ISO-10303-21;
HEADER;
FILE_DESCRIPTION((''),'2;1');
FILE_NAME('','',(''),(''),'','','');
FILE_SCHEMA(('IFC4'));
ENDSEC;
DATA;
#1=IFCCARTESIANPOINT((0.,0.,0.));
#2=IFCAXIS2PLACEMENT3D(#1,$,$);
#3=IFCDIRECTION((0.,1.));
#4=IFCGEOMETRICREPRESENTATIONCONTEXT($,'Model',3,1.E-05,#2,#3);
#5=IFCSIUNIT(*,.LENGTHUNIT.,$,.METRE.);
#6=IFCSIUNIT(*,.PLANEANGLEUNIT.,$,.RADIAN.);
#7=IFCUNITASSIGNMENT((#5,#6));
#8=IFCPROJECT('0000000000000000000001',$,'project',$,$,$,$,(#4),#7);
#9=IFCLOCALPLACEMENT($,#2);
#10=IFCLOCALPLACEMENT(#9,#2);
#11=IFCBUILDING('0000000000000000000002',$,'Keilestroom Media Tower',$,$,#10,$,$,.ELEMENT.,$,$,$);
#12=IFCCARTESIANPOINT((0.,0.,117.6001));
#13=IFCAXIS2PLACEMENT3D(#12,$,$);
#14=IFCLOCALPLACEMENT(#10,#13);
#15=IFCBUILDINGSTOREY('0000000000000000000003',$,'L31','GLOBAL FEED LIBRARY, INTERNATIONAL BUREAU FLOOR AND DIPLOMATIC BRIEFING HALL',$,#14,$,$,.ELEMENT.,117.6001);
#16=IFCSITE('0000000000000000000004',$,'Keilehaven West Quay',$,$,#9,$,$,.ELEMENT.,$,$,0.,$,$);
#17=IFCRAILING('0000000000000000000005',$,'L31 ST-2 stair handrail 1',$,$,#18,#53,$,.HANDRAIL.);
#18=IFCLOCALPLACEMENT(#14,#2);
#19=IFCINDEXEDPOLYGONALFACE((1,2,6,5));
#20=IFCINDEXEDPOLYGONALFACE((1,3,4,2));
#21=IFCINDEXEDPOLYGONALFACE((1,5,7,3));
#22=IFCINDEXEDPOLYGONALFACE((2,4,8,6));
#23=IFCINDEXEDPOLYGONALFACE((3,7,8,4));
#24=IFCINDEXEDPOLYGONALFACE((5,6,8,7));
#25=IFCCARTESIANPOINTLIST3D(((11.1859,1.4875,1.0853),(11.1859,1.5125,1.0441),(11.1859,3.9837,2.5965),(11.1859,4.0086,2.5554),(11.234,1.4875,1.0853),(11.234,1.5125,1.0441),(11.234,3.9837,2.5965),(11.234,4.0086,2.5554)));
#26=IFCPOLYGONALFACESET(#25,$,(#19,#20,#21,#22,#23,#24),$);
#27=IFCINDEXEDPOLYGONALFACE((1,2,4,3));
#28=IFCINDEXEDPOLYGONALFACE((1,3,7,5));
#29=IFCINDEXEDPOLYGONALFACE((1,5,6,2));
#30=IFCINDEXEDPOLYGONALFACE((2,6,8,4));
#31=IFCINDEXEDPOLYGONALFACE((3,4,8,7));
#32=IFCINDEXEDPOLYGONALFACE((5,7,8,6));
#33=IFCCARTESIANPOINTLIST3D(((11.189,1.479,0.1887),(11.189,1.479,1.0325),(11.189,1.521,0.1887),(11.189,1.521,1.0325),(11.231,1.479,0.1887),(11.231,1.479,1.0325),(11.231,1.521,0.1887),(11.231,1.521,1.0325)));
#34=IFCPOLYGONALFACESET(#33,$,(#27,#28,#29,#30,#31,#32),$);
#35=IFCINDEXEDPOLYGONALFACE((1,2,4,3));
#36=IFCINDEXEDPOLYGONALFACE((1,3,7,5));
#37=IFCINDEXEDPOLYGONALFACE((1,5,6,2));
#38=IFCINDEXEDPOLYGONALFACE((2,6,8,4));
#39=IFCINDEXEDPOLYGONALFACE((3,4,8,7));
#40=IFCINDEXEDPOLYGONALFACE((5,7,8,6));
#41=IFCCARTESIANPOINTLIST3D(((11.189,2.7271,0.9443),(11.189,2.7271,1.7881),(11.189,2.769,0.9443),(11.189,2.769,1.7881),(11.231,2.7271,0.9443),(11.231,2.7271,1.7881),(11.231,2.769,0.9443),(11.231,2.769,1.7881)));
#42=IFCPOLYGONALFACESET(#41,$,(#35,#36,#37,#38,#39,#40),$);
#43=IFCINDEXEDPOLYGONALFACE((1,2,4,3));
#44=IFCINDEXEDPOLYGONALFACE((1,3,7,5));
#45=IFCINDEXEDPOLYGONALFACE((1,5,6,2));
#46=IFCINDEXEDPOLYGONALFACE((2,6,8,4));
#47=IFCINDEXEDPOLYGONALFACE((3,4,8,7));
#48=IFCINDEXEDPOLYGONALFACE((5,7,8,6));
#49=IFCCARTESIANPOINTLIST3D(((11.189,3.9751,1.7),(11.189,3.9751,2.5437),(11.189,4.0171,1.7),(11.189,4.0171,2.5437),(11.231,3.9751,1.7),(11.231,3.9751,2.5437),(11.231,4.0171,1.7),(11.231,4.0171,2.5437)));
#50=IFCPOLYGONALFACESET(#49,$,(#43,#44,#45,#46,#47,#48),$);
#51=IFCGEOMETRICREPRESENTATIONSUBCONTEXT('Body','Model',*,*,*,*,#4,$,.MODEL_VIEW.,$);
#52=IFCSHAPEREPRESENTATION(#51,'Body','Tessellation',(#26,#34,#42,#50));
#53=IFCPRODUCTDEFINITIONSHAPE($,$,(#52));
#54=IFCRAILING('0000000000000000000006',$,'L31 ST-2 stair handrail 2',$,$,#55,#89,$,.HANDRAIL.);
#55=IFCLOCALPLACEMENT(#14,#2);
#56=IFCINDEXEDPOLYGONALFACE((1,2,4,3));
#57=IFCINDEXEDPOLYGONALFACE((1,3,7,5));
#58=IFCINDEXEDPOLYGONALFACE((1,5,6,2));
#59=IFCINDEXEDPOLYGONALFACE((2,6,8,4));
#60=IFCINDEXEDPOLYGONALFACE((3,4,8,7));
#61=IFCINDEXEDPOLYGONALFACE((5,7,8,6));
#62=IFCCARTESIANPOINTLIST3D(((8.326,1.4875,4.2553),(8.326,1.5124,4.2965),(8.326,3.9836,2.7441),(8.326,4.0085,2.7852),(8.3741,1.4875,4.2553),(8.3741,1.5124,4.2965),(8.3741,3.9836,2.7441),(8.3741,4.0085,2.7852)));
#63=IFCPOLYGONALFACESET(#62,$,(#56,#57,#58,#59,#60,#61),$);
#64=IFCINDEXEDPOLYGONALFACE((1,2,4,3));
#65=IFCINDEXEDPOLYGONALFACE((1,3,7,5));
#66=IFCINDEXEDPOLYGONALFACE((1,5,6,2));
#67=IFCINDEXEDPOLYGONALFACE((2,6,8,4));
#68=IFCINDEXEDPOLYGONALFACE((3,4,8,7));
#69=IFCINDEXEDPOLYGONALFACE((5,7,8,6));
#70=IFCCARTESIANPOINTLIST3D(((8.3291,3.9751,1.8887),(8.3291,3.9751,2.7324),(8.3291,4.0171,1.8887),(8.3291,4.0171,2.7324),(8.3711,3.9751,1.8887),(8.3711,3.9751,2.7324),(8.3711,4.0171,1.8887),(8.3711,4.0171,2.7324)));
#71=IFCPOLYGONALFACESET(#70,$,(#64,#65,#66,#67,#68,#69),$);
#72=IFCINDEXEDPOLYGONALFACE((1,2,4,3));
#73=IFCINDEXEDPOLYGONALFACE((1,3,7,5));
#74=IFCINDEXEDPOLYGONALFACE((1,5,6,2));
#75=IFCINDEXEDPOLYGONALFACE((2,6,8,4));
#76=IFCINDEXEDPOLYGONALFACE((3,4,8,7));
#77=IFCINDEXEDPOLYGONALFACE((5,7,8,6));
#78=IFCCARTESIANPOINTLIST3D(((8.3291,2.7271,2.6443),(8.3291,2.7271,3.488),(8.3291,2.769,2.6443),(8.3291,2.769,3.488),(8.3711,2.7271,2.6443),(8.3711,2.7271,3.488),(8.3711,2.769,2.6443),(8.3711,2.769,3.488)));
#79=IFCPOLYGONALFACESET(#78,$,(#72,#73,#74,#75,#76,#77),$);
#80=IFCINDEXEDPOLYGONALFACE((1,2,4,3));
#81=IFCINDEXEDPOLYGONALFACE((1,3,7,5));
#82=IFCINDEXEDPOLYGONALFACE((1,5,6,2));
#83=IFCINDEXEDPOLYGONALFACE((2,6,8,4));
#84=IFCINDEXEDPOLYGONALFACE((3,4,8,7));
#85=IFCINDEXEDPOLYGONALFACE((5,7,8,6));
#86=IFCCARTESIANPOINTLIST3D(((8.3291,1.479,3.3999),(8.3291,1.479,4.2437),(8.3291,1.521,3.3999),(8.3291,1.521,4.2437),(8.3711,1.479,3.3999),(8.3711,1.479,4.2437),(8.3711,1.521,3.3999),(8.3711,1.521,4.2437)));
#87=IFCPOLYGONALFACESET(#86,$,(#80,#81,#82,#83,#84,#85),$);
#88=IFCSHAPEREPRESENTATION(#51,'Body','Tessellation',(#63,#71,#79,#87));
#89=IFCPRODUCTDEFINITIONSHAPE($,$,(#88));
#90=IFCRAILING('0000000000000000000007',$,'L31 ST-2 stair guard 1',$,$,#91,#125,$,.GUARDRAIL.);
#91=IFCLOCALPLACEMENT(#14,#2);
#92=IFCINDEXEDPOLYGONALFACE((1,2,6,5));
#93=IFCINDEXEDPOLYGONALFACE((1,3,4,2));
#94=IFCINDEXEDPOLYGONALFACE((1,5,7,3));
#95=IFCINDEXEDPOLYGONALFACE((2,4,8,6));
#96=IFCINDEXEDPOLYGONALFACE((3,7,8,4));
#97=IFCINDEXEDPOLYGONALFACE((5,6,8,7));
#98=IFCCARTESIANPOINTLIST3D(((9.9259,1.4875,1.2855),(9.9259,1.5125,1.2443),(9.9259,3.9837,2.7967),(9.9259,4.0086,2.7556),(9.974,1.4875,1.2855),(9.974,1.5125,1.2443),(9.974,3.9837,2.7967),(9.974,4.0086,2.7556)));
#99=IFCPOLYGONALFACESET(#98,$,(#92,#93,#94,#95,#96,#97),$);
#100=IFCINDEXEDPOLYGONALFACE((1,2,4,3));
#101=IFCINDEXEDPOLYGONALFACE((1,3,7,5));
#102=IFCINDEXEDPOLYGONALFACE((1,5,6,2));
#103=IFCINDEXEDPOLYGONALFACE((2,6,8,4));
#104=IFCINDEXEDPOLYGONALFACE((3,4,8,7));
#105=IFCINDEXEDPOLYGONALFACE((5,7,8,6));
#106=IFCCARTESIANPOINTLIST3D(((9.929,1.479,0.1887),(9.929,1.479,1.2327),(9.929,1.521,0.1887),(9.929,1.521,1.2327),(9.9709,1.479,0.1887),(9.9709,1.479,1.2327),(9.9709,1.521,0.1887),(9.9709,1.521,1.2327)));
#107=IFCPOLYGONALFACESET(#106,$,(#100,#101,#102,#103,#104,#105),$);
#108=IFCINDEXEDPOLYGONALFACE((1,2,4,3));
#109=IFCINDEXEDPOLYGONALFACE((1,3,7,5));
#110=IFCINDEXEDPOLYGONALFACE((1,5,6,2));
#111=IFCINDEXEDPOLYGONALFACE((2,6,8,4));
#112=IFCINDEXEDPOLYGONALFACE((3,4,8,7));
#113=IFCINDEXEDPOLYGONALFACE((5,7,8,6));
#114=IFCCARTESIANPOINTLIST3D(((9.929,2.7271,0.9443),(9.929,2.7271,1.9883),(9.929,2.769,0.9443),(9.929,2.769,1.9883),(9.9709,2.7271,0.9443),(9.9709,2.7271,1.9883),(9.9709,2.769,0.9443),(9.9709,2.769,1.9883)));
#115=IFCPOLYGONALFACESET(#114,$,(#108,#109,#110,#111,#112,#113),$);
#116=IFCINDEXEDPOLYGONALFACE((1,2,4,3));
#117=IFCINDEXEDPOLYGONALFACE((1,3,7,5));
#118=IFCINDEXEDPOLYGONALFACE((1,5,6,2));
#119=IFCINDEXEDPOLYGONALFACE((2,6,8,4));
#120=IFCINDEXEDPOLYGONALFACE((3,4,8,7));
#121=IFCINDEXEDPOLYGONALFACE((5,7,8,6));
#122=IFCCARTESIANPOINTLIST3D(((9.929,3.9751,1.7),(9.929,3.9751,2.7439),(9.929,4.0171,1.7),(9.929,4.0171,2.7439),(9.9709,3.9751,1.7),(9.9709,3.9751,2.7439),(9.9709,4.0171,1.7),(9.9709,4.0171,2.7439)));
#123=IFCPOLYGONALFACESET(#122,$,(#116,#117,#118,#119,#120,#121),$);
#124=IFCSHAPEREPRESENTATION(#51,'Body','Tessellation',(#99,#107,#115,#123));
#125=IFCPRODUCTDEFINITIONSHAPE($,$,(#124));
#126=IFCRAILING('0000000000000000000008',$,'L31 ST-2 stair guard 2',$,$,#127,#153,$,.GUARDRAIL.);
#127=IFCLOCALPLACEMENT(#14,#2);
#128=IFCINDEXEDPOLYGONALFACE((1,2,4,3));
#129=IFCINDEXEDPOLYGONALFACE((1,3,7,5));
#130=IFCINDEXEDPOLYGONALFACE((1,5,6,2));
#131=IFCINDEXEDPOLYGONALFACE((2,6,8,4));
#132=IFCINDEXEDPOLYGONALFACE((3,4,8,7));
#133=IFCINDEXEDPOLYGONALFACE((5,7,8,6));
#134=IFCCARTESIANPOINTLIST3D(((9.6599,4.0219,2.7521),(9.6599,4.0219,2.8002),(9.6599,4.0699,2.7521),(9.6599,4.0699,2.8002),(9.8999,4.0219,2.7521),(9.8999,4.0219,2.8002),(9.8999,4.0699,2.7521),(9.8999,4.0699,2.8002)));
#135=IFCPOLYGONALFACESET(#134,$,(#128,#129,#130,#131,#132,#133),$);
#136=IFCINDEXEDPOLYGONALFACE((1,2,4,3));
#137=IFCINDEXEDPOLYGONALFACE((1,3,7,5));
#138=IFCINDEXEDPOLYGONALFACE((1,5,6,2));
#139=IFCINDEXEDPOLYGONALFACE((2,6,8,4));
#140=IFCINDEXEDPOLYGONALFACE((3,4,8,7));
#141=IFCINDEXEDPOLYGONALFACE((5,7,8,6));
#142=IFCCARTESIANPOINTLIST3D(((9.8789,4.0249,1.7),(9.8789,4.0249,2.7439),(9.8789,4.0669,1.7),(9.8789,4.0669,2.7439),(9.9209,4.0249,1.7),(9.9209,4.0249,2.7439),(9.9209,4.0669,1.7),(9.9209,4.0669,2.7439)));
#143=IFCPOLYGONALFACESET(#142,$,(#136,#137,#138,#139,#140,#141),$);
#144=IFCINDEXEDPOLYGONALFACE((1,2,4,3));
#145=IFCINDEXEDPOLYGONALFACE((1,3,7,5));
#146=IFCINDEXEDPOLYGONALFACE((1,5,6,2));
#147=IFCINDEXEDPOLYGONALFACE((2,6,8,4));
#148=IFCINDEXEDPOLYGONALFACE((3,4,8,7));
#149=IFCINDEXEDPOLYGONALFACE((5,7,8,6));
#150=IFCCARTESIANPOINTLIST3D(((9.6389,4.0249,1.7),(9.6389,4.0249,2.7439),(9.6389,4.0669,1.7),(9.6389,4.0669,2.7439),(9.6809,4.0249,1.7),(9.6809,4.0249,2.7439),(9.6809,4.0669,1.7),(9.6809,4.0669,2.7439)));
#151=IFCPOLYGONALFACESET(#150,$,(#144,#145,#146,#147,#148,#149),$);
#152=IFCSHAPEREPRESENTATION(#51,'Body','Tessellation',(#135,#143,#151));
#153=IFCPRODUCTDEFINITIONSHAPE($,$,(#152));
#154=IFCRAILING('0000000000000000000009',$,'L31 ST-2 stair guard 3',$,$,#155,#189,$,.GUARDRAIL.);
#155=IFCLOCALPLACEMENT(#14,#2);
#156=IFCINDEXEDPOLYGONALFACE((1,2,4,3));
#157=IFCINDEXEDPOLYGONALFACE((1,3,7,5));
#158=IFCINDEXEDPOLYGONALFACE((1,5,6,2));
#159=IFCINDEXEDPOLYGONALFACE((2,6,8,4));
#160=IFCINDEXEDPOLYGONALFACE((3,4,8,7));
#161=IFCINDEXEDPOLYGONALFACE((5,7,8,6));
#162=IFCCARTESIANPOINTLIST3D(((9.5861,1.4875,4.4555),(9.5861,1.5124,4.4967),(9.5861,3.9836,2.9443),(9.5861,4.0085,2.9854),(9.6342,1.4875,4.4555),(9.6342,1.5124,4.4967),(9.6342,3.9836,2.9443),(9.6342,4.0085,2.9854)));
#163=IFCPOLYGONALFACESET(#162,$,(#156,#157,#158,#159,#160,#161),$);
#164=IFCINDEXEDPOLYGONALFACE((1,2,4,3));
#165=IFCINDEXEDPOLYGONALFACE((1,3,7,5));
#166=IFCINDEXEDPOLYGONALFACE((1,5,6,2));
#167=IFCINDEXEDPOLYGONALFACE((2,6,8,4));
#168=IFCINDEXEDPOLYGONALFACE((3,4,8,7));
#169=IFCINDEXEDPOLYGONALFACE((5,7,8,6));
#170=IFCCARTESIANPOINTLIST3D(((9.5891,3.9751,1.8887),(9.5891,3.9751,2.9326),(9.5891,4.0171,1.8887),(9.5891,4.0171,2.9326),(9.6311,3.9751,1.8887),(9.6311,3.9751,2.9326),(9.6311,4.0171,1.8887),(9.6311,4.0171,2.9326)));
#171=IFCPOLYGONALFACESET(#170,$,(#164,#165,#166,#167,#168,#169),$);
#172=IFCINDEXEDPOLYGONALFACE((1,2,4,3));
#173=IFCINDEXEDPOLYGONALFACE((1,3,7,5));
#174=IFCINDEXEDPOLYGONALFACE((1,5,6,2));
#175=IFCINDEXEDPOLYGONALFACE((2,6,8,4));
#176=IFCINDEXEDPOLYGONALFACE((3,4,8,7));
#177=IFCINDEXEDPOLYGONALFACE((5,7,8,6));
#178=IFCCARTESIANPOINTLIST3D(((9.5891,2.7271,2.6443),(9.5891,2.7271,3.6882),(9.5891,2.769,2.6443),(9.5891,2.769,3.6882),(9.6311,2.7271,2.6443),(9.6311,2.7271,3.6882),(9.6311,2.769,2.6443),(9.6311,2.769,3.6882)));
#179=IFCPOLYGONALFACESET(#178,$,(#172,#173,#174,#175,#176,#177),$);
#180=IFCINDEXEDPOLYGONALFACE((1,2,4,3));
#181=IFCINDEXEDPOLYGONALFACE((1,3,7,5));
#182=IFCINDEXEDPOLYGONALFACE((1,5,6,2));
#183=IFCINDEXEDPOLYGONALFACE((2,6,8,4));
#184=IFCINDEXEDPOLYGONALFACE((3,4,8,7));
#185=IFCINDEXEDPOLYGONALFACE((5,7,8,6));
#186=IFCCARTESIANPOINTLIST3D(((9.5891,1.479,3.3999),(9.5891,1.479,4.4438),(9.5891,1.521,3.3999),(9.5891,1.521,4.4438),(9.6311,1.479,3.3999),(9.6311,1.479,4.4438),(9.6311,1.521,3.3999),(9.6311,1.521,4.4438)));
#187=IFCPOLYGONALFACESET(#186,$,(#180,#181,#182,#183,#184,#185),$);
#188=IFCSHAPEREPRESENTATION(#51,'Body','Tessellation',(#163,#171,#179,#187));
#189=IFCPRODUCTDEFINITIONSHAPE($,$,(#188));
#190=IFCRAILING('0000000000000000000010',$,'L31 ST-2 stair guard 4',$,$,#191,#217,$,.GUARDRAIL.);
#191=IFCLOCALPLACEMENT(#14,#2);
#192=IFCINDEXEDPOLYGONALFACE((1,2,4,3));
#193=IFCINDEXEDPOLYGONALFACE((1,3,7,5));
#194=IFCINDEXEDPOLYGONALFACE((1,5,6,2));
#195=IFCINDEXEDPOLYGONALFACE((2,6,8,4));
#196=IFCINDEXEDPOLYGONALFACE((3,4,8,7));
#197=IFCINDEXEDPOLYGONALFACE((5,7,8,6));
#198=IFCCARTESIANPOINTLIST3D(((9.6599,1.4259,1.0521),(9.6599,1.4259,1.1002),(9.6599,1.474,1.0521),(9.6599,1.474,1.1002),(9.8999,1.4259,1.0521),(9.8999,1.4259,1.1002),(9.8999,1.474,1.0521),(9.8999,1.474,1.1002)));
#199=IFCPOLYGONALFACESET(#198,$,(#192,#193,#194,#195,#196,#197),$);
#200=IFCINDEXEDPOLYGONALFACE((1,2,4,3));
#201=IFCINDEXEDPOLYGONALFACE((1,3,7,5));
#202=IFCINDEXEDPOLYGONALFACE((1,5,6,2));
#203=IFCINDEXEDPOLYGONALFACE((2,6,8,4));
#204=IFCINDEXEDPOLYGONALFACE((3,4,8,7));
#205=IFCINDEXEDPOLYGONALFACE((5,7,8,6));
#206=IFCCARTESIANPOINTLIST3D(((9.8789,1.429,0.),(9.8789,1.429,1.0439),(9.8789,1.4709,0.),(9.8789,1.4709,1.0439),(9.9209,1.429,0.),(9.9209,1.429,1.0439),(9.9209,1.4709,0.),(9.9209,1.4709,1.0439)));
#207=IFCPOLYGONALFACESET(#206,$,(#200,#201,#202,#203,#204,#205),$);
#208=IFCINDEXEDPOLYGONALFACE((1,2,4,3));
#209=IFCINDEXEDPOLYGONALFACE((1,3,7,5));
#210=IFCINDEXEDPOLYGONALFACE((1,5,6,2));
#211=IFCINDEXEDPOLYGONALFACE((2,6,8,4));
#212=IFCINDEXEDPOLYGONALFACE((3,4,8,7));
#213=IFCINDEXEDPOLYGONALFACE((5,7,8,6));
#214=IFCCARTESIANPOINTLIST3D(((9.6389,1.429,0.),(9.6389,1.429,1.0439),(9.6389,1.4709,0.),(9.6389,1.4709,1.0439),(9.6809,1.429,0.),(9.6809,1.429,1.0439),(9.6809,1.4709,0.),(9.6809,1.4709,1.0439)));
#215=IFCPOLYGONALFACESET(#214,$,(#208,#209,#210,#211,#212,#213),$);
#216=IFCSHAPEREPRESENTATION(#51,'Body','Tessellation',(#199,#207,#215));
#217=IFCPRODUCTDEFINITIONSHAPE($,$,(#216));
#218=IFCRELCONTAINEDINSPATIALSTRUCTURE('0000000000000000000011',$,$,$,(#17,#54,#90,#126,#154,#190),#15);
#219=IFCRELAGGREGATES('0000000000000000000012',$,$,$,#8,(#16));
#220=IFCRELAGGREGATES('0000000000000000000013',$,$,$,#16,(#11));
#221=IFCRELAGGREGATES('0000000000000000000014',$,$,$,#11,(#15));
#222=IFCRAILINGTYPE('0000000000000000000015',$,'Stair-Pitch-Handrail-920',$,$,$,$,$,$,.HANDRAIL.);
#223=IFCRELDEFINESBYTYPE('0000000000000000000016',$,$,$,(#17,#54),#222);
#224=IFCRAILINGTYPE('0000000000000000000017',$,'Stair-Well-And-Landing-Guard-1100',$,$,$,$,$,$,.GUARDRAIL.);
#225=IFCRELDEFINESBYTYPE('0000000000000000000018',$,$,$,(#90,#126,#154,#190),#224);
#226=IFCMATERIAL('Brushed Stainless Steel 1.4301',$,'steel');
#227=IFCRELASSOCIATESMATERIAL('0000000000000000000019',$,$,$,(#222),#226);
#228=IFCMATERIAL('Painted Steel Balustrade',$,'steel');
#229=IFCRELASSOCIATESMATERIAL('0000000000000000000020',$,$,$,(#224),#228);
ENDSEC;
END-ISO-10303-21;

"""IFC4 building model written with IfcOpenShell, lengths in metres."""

from ifc_helpers import new_model, si_unit, direction, frame, origin, origin_2d, place, context, subcontext, project, spatial, rectangle, extrude, material, type_object, element, save


model = new_model("IFC4")

# Units and contexts
model_context = context("Model", 3, precision=1e-05, world=origin(), true_north=direction((0.0, 1.0)))
body_context = subcontext(model_context, "Body", "Model", "MODEL_VIEW")
ifc_project = project(units=[si_unit("LENGTHUNIT", "METRE"), si_unit("PLANEANGLEUNIT", "RADIAN")], contexts=[model_context])

# Site, building, storey
site_placement = place(None, origin())
site = spatial("IfcSite", under=ifc_project, at=site_placement, Name="Keilehaven West Quay", CompositionType="ELEMENT", RefElevation=0.0)
building_placement = place(site_placement, origin())
building = spatial("IfcBuilding", under=site, at=building_placement, Name="Keilestroom Media Tower", CompositionType="ELEMENT")
storey_placement = place(building_placement, frame((0.0, 0.0, 117.6001)))
storey = spatial("IfcBuildingStorey", under=building, at=storey_placement, Name="L31", Description="GLOBAL FEED LIBRARY, INTERNATIONAL BUREAU FLOOR AND DIPLOMATIC BRIEFING HALL", CompositionType="ELEMENT", Elevation=117.6001)

# Railings
ifc_material_1 = material(Name="Brushed Stainless Steel 1.4301", Category="steel")
railing_type_1 = type_object("IfcRailingType", Name="Stair-Pitch-Handrail-920", PredefinedType="HANDRAIL", material=ifc_material_1)
railing_1_placement = place(storey_placement, frame((11.21, 1.5, 0.1887)))
element("IfcRailing", 1, at=railing_1_placement, inside=storey, type_object=railing_type_1, Name="L31 ST-2 stair handrail 1", PredefinedType="HANDRAIL", context=body_context, shape_type="SweptSolid", body=[
    extrude(rectangle(XDim=0.0481, YDim=0.0481, at=origin_2d()), frame((0.0, 0.0, 0.876), z_axis=(0.0, 0.855434, 0.517912), x_axis=(-1.0, 0.0, 0.0)), (0.0, 0.0, 1.0), 2.918),
    extrude(rectangle(XDim=0.042, YDim=0.042, at=origin_2d()), origin(), (0.0, 0.0, 1.0), 0.8438),
    extrude(rectangle(XDim=0.042, YDim=0.042, at=origin_2d()), frame((0.0, 1.248, 0.7556)), (0.0, 0.0, 1.0), 0.8438),
    extrude(rectangle(XDim=0.042, YDim=0.042, at=origin_2d()), frame((0.0, 2.4961, 1.5112)), (0.0, 0.0, 1.0), 0.8438),
])
railing_2_placement = place(storey_placement, frame((8.3501, 3.9961, 1.8887)))
element("IfcRailing", 2, at=railing_2_placement, inside=storey, type_object=railing_type_1, Name="L31 ST-2 stair handrail 2", PredefinedType="HANDRAIL", context=body_context, shape_type="SweptSolid", body=[
    extrude(rectangle(XDim=0.0481, YDim=0.0481, at=origin_2d()), frame((0.0, 0.0, 0.876), z_axis=(0.0, -0.855434, 0.517912), x_axis=(1.0, 0.0, 0.0)), (0.0, 0.0, 1.0), 2.918),
    extrude(rectangle(XDim=0.042, YDim=0.042, at=origin_2d()), origin(), (0.0, 0.0, 1.0), 0.8438),
    extrude(rectangle(XDim=0.042, YDim=0.042, at=origin_2d()), frame((0.0, -1.248, 0.7556)), (0.0, 0.0, 1.0), 0.8438),
    extrude(rectangle(XDim=0.042, YDim=0.042, at=origin_2d()), frame((0.0, -2.4961, 1.5112)), (0.0, 0.0, 1.0), 0.8438),
])
ifc_material_2 = material(Name="Painted Steel Balustrade", Category="steel")
railing_type_2 = type_object("IfcRailingType", Name="Stair-Well-And-Landing-Guard-1100", PredefinedType="GUARDRAIL", material=ifc_material_2)
railing_3_placement = place(storey_placement, frame((9.95, 1.5, 0.1887)))
element("IfcRailing", 3, at=railing_3_placement, inside=storey, type_object=railing_type_2, Name="L31 ST-2 stair guard 1", PredefinedType="GUARDRAIL", context=body_context, shape_type="SweptSolid", body=[
    extrude(rectangle(XDim=0.0481, YDim=0.0481, at=origin_2d()), frame((0.0, 0.0, 1.0762), z_axis=(0.0, 0.855434, 0.517912), x_axis=(-1.0, 0.0, 0.0)), (0.0, 0.0, 1.0), 2.918),
    extrude(rectangle(XDim=0.042, YDim=0.042, at=origin_2d()), origin(), (0.0, 0.0, 1.0), 1.0439),
    extrude(rectangle(XDim=0.042, YDim=0.042, at=origin_2d()), frame((0.0, 1.248, 0.7556)), (0.0, 0.0, 1.0), 1.0439),
    extrude(rectangle(XDim=0.042, YDim=0.042, at=origin_2d()), frame((0.0, 2.4961, 1.5112)), (0.0, 0.0, 1.0), 1.0439),
])
railing_4_placement = place(storey_placement, frame((9.8999, 4.0459, 1.7)))
element("IfcRailing", 4, at=railing_4_placement, inside=storey, type_object=railing_type_2, Name="L31 ST-2 stair guard 2", PredefinedType="GUARDRAIL", context=body_context, shape_type="SweptSolid", body=[
    extrude(rectangle(XDim=0.0481, YDim=0.0481, at=origin_2d()), frame((0.0, 0.0, 1.0762), z_axis=(-1.0, 0.0, 0.0), x_axis=(0.0, -1.0, 0.0)), (0.0, 0.0, 1.0), 0.24),
    extrude(rectangle(XDim=0.042, YDim=0.042, at=origin_2d()), origin(), (0.0, 0.0, 1.0), 1.0439),
    extrude(rectangle(XDim=0.042, YDim=0.042, at=origin_2d()), frame((-0.24, 0.0, 0.0)), (0.0, 0.0, 1.0), 1.0439),
])
railing_5_placement = place(storey_placement, frame((9.6101, 3.9961, 1.8887)))
element("IfcRailing", 5, at=railing_5_placement, inside=storey, type_object=railing_type_2, Name="L31 ST-2 stair guard 3", PredefinedType="GUARDRAIL", context=body_context, shape_type="SweptSolid", body=[
    extrude(rectangle(XDim=0.0481, YDim=0.0481, at=origin_2d()), frame((0.0, 0.0, 1.0762), z_axis=(0.0, -0.855434, 0.517912), x_axis=(1.0, 0.0, 0.0)), (0.0, 0.0, 1.0), 2.918),
    extrude(rectangle(XDim=0.042, YDim=0.042, at=origin_2d()), origin(), (0.0, 0.0, 1.0), 1.0439),
    extrude(rectangle(XDim=0.042, YDim=0.042, at=origin_2d()), frame((0.0, -1.248, 0.7556)), (0.0, 0.0, 1.0), 1.0439),
    extrude(rectangle(XDim=0.042, YDim=0.042, at=origin_2d()), frame((0.0, -2.4961, 1.5112)), (0.0, 0.0, 1.0), 1.0439),
])
railing_6_placement = place(storey_placement, frame((9.8999, 1.45, 0.0)))
element("IfcRailing", 6, at=railing_6_placement, inside=storey, type_object=railing_type_2, Name="L31 ST-2 stair guard 4", PredefinedType="GUARDRAIL", context=body_context, shape_type="SweptSolid", body=[
    extrude(rectangle(XDim=0.0481, YDim=0.0481, at=origin_2d()), frame((0.0, 0.0, 1.0762), z_axis=(-1.0, 0.0, 0.0), x_axis=(0.0, -1.0, 0.0)), (0.0, 0.0, 1.0), 0.24),
    extrude(rectangle(XDim=0.042, YDim=0.042, at=origin_2d()), origin(), (0.0, 0.0, 1.0), 1.0439),
    extrude(rectangle(XDim=0.042, YDim=0.042, at=origin_2d()), frame((-0.24, 0.0, 0.0)), (0.0, 0.0, 1.0), 1.0439),
])

save(model, "model.ifc")
